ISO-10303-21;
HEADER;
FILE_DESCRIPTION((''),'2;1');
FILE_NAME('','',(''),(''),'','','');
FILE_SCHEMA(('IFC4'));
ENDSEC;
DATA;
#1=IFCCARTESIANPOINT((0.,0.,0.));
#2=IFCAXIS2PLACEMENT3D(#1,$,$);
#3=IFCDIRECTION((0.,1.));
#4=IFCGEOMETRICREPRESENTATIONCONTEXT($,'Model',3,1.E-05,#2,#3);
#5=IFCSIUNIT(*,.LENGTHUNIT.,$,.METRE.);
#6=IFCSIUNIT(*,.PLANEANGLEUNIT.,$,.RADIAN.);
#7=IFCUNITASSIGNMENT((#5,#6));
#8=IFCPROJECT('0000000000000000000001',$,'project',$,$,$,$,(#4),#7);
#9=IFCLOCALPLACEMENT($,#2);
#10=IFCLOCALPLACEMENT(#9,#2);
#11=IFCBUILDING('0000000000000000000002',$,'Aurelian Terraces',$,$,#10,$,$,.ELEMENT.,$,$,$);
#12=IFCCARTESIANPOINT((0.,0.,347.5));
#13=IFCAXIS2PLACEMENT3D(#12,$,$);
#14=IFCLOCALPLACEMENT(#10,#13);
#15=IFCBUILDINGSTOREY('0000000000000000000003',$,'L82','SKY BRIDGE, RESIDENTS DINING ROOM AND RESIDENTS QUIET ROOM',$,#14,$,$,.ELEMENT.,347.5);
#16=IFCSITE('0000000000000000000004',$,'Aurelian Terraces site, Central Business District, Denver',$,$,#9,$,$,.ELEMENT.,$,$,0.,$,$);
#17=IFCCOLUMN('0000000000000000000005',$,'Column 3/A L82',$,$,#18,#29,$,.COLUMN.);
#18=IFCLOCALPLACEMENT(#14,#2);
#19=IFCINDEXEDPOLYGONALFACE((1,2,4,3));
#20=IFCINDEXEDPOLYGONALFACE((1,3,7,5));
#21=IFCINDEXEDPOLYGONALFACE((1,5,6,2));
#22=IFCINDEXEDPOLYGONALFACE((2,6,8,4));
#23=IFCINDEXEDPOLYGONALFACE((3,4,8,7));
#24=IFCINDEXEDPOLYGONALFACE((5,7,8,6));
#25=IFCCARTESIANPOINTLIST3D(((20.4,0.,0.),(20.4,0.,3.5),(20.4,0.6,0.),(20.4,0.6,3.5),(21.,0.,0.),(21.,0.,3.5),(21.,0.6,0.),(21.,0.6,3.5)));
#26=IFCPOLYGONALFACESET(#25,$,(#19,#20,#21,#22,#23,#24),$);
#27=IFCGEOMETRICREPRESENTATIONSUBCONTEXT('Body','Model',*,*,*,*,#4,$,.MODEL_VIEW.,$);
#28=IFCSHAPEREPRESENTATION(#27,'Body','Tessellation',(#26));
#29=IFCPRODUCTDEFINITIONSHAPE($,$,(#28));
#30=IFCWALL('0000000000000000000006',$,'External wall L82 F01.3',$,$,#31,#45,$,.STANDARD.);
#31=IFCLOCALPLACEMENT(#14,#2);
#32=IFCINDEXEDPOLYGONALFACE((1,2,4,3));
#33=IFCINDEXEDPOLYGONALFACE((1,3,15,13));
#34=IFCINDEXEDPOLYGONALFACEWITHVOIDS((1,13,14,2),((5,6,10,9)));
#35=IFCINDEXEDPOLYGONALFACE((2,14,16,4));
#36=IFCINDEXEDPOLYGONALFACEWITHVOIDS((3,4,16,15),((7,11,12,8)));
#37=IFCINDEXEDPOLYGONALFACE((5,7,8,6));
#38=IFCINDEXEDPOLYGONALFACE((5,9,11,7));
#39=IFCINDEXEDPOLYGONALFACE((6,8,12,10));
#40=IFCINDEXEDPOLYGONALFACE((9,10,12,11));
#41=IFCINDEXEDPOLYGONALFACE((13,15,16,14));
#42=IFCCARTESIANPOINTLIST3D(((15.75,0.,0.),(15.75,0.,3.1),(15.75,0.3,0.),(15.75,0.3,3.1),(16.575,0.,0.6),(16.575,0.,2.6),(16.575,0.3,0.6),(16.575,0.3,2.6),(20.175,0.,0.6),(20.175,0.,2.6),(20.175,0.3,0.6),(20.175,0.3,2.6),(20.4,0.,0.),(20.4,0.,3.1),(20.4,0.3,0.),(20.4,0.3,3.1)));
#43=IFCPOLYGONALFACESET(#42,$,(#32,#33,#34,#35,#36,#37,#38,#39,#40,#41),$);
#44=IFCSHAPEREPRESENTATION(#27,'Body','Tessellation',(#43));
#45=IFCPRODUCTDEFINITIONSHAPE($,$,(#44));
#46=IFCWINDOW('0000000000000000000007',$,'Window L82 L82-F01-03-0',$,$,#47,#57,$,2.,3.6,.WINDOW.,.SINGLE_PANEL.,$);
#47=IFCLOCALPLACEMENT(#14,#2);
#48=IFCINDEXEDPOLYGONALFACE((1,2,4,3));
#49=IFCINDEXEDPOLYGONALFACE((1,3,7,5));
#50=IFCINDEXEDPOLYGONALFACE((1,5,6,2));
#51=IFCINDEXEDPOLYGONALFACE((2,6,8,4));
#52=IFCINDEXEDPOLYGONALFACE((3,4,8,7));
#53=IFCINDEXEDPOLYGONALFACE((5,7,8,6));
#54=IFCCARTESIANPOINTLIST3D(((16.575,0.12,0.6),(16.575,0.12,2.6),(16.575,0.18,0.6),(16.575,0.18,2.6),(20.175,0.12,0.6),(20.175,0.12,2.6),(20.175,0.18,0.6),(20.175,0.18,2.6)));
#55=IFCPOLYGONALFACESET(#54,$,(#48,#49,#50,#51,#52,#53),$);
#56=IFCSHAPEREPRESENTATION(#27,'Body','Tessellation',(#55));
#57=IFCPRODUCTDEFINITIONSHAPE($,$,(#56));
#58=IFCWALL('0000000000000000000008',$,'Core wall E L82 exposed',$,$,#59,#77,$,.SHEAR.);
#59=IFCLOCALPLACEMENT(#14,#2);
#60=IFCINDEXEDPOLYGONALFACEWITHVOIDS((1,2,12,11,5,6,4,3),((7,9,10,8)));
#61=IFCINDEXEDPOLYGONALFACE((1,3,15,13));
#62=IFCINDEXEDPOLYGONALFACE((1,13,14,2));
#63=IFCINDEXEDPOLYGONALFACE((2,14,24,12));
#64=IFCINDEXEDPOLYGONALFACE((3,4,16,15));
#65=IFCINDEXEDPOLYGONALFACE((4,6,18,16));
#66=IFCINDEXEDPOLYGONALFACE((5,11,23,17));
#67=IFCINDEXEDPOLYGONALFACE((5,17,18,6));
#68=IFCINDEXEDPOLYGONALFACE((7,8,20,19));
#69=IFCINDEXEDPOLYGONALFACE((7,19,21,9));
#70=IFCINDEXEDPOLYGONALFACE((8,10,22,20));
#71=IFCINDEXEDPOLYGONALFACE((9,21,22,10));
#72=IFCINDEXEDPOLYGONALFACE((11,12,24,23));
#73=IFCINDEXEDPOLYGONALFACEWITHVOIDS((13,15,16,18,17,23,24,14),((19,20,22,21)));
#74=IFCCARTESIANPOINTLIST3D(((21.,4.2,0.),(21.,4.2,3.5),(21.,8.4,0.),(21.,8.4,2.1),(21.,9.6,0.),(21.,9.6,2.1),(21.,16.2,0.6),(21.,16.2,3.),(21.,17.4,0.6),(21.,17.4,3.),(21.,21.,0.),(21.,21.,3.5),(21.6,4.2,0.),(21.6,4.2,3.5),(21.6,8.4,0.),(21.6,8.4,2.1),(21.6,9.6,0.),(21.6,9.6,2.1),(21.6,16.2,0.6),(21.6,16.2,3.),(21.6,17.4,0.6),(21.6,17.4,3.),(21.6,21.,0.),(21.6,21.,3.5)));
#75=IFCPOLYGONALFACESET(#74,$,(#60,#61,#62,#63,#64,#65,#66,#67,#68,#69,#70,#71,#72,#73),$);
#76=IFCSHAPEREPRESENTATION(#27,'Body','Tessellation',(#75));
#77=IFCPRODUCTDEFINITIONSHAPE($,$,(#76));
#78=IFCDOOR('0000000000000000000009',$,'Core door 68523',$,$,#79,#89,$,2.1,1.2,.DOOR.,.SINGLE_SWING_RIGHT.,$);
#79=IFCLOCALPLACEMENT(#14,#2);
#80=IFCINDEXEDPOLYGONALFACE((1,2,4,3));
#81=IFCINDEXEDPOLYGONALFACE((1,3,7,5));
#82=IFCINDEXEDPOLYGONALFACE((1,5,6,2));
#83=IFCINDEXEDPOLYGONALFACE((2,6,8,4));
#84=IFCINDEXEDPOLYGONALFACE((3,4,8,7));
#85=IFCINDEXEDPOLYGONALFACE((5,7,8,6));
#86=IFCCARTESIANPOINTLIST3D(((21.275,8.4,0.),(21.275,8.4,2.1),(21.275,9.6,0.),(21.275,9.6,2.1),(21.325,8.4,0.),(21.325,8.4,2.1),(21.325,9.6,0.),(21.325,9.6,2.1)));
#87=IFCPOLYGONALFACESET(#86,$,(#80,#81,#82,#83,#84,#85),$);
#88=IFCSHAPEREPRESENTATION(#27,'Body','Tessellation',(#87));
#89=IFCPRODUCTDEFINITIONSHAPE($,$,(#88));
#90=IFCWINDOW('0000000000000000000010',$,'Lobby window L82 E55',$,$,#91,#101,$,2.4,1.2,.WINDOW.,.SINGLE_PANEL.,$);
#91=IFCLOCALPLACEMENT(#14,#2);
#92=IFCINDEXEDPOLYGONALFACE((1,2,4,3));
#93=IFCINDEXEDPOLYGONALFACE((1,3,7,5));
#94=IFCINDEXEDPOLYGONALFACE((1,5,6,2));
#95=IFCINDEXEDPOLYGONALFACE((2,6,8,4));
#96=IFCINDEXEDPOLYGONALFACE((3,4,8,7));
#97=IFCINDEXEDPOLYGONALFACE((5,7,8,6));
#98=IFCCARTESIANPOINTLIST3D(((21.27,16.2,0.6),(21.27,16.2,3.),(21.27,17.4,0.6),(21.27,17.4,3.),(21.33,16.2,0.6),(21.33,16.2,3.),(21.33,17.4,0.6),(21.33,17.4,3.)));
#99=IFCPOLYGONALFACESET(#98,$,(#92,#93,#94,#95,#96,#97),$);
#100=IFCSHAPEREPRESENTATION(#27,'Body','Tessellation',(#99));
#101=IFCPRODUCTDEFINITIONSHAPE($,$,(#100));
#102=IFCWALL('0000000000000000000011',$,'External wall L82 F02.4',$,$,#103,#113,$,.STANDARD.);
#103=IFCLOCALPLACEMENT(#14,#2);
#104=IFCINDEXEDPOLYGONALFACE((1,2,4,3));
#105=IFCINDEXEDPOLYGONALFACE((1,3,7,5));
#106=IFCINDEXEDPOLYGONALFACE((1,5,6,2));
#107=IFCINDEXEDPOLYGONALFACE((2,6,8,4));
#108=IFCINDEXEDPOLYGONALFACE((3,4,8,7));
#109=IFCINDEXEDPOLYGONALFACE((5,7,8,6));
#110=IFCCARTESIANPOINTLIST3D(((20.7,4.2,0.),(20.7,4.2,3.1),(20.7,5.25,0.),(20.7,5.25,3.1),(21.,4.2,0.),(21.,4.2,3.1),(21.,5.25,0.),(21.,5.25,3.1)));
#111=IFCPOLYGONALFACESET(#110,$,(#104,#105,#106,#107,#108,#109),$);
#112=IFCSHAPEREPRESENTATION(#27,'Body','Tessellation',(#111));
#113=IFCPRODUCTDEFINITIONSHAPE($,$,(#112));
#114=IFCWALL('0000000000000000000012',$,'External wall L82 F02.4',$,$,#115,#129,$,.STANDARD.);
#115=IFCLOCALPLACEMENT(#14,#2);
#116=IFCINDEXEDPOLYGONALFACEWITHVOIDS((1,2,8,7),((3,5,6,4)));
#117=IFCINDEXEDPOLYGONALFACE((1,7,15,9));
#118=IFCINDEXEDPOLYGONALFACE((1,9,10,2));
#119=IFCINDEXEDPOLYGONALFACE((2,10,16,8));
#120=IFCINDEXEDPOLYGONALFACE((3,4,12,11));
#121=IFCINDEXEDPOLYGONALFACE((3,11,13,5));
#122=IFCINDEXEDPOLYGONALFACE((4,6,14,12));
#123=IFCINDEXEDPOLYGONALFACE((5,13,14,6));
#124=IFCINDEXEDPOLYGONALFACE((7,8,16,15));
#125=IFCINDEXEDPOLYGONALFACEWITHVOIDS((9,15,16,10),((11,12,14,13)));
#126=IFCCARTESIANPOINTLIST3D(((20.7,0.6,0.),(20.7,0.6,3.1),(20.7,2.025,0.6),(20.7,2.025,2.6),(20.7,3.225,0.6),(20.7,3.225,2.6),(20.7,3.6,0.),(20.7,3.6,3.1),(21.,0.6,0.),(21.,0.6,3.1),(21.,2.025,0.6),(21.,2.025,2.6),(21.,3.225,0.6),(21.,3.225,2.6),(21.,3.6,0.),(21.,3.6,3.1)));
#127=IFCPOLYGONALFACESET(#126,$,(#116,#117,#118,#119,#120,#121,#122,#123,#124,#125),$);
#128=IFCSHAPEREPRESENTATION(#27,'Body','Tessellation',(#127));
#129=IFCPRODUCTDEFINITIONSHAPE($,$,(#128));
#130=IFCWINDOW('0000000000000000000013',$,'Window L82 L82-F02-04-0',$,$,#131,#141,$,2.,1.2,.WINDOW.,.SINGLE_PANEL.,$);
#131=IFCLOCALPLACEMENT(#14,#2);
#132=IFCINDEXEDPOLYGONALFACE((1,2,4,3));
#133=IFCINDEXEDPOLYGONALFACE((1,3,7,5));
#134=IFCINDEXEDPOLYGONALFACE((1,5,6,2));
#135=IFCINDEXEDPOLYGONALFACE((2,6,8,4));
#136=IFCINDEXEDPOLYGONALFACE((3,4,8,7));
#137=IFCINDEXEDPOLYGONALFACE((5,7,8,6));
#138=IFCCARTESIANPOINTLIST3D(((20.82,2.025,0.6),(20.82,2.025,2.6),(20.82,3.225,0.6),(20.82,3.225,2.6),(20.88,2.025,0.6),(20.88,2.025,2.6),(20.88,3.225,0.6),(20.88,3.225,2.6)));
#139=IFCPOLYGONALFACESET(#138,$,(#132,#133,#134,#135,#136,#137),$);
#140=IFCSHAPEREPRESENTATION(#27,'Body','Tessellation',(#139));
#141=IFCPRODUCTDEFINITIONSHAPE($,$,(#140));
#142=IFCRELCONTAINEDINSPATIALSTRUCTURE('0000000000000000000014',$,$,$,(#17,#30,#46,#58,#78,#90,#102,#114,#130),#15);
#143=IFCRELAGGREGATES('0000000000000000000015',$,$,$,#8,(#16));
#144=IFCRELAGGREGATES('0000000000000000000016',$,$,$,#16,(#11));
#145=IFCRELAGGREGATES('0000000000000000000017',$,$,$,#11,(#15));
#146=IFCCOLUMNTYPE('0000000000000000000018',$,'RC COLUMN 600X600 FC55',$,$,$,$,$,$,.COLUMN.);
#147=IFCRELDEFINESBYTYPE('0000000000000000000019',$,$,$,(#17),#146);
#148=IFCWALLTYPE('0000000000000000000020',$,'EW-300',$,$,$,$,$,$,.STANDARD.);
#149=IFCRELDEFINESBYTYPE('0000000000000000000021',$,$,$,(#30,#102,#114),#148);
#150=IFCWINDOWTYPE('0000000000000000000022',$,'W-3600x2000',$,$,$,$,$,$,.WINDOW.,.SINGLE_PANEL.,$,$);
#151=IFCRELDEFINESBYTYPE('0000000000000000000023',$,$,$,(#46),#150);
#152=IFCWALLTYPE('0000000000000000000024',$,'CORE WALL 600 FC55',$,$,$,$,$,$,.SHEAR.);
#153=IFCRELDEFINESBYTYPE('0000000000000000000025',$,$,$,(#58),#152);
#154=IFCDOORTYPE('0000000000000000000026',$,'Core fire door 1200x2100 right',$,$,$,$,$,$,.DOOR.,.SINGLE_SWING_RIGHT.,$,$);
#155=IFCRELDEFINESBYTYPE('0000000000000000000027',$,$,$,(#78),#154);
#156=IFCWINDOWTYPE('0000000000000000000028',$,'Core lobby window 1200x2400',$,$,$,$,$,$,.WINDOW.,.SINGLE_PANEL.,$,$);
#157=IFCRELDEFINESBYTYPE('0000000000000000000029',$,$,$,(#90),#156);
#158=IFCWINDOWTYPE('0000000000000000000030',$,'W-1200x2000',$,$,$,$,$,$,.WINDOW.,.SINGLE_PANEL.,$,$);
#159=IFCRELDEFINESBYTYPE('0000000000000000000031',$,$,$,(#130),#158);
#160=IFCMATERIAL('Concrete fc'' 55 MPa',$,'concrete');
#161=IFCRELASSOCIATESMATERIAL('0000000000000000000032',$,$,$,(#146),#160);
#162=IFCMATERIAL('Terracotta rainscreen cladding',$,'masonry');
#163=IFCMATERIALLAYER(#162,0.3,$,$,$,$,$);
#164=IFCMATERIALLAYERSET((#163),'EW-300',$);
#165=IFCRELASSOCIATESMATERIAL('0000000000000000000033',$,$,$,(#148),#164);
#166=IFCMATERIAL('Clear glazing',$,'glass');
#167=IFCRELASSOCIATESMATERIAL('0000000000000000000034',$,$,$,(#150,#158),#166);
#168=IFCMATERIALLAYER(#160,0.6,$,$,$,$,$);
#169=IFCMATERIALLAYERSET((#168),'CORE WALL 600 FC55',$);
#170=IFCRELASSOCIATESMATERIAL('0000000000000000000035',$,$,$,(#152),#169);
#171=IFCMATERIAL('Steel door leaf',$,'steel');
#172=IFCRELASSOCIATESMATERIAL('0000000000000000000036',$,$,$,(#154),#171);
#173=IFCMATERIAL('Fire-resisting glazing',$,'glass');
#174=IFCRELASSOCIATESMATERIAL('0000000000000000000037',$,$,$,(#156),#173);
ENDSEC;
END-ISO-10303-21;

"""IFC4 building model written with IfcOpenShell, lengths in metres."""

from ifc_helpers import new_model, si_unit, direction, frame, frame_2d, origin, origin_2d, place, context, subcontext, project, spatial, rectangle, extrude, source, transform, mapped, material, layer, layer_set, material_profile, profile_set, type_object, element, fill, save


model = new_model("IFC4")

# Units and contexts
model_context = context("Model", 3, precision=1e-05, world=origin(), true_north=direction((0.0, 1.0)))
body_context = subcontext(model_context, "Body", "Model", "MODEL_VIEW")
ifc_project = project(units=[si_unit("LENGTHUNIT", "METRE"), si_unit("PLANEANGLEUNIT", "RADIAN")], contexts=[model_context])

# Site, building, storey
site_placement = place(None, origin())
site = spatial("IfcSite", under=ifc_project, at=site_placement, Name="Aurelian Terraces site, Central Business District, Denver", CompositionType="ELEMENT", RefElevation=0.0)
building_placement = place(site_placement, origin())
building = spatial("IfcBuilding", under=site, at=building_placement, Name="Aurelian Terraces", CompositionType="ELEMENT")
storey_placement = place(building_placement, frame((0.0, 0.0, 347.5)))
storey = spatial("IfcBuildingStorey", under=building, at=storey_placement, Name="L82", Description="SKY BRIDGE, RESIDENTS DINING ROOM AND RESIDENTS QUIET ROOM", CompositionType="ELEMENT", Elevation=347.5)

# Column
ifc_material_1 = material(Name="Concrete fc' 55 MPa", Category="concrete")
ifc_material_profile = material_profile(ifc_material_1, rectangle(XDim=0.6, YDim=0.6, at=origin_2d()))
ifc_profile_set = profile_set([ifc_material_profile], Name="Concrete fc' 55 MPa")
column_type = type_object("IfcColumnType", Name="RC COLUMN 600X600 FC55", PredefinedType="COLUMN", material=ifc_profile_set)
shared_shape_1 = source(origin(), body_context, "Body", "SweptSolid", [
    extrude(rectangle(XDim=0.6, YDim=0.6, at=origin_2d()), origin(), (0.0, 0.0, 1.0), 3.5),
])
column_placement = place(storey_placement, frame((20.7, 0.3, 0.0), z_axis=(0.0, 0.0, 1.0), x_axis=(1.0, 0.0, 0.0)))
element("IfcColumn", 1, at=column_placement, inside=storey, type_object=column_type, Name="Column 3/A L82", PredefinedType="COLUMN", context=body_context, shape_type="MappedRepresentation", body=[
    mapped(shared_shape_1, transform((0.0, 0.0, 0.0), scale=1.0)),
])

# Wall, opening, window
ifc_material_2 = material(Name="Terracotta rainscreen cladding", Category="masonry")
ifc_layer_1 = layer(ifc_material_2, 0.3)
ifc_layer_set_1 = layer_set([ifc_layer_1], Name="EW-300")
wall_type_1 = type_object("IfcWallType", Name="EW-300", PredefinedType="STANDARD", material=ifc_layer_set_1)
wall_1_placement = place(storey_placement, frame((15.75, 0.15, 0.0), z_axis=(0.0, 0.0, 1.0), x_axis=(1.0, 0.0, 0.0)))
wall_1 = element("IfcWall", 2, at=wall_1_placement, inside=storey, type_object=wall_type_1, Name="External wall L82 F01.3", PredefinedType="STANDARD", context=body_context, shape_type="SweptSolid", body=[
    extrude(rectangle(XDim=4.65, YDim=0.3, at=frame_2d((2.325, 0.0))), origin(), (0.0, 0.0, 1.0), 3.1),
])
shared_shape_2 = source(origin(), body_context, "Body", "SweptSolid", [
    extrude(rectangle(XDim=3.6, YDim=2.0, at=frame_2d((1.8, 1.0))), frame((0.0, 0.16, 0.0), z_axis=(0.0, -1.0, 0.0), x_axis=(1.0, 0.0, 0.0)), (0.0, 0.0, 1.0), 0.32),
])
opening_1_placement = place(wall_1_placement, frame((0.825, 0.0, 0.6)))
opening_1 = element("IfcOpeningElement", 3, at=opening_1_placement, cuts=wall_1, PredefinedType="OPENING", context=body_context, shape_type="MappedRepresentation", body=[
    mapped(shared_shape_2, transform((0.0, 0.0, 0.0), scale=1.0)),
])
ifc_material_3 = material(Name="Clear glazing", Category="glass")
window_type_1 = type_object("IfcWindowType", Name="W-3600x2000", PartitioningType="SINGLE_PANEL", PredefinedType="WINDOW", material=ifc_material_3)
shared_shape_3 = source(origin(), body_context, "Body", "SweptSolid", [
    extrude(rectangle(XDim=3.6, YDim=2.0, at=frame_2d((1.8, 1.0))), frame((0.0, 0.03, 0.0), z_axis=(0.0, -1.0, 0.0), x_axis=(1.0, 0.0, 0.0)), (0.0, 0.0, 1.0), 0.06),
])
window_1_placement = place(opening_1_placement, origin())
window_1 = element("IfcWindow", 4, at=window_1_placement, inside=storey, type_object=window_type_1, Name="Window L82 L82-F01-03-0", OverallHeight=2.0, OverallWidth=3.6, PartitioningType="SINGLE_PANEL", PredefinedType="WINDOW", context=body_context, shape_type="MappedRepresentation", body=[
    mapped(shared_shape_3, transform((0.0, 0.0, 0.0), scale=1.0)),
])
fill(opening_1, window_1)

# Wall, openings, door, window
ifc_layer_2 = layer(ifc_material_1, 0.6)
ifc_layer_set_2 = layer_set([ifc_layer_2], Name="CORE WALL 600 FC55")
wall_type_2 = type_object("IfcWallType", Name="CORE WALL 600 FC55", PredefinedType="SHEAR", material=ifc_layer_set_2)
shared_shape_4 = source(origin(), body_context, "Body", "SweptSolid", [
    extrude(rectangle(XDim=16.8, YDim=0.6, at=frame_2d((8.4, 0.0))), origin(), (0.0, 0.0, 1.0), 3.5),
])
wall_2_placement = place(storey_placement, frame((21.3, 4.2, 0.0), z_axis=(0.0, 0.0, 1.0), x_axis=(0.0, 1.0, 0.0)))
wall_2 = element("IfcWall", 5, at=wall_2_placement, inside=storey, type_object=wall_type_2, Name="Core wall E L82 exposed", PredefinedType="SHEAR", context=body_context, shape_type="MappedRepresentation", body=[
    mapped(shared_shape_4, transform((0.0, 0.0, 0.0), scale=1.0)),
])
shared_shape_5 = source(origin(), body_context, "Body", "SweptSolid", [
    extrude(rectangle(XDim=1.2, YDim=2.1, at=frame_2d((0.6, 1.05))), frame((0.0, 0.31, 0.0), z_axis=(0.0, -1.0, 0.0), x_axis=(1.0, 0.0, 0.0)), (0.0, 0.0, 1.0), 0.62),
])
opening_2_placement = place(wall_2_placement, frame((4.2, 0.0, 0.0)))
opening_2 = element("IfcOpeningElement", 6, at=opening_2_placement, cuts=wall_2, PredefinedType="OPENING", context=body_context, shape_type="MappedRepresentation", body=[
    mapped(shared_shape_5, transform((0.0, 0.0, 0.0), scale=1.0)),
])
shared_shape_6 = source(origin(), body_context, "Body", "SweptSolid", [
    extrude(rectangle(XDim=1.2, YDim=2.4, at=frame_2d((0.6, 1.2))), frame((0.0, 0.31, 0.0), z_axis=(0.0, -1.0, 0.0), x_axis=(1.0, 0.0, 0.0)), (0.0, 0.0, 1.0), 0.62),
])
opening_3_placement = place(wall_2_placement, frame((12.0, 0.0, 0.6)))
opening_3 = element("IfcOpeningElement", 7, at=opening_3_placement, cuts=wall_2, PredefinedType="OPENING", context=body_context, shape_type="MappedRepresentation", body=[
    mapped(shared_shape_6, transform((0.0, 0.0, 0.0), scale=1.0)),
])
ifc_material_4 = material(Name="Steel door leaf", Category="steel")
door_type_1 = type_object("IfcDoorType", Name="Core fire door 1200x2100 right", OperationType="SINGLE_SWING_RIGHT", PredefinedType="DOOR", material=ifc_material_4)
shared_shape_7 = source(origin(), body_context, "Body", "SweptSolid", [
    extrude(rectangle(XDim=1.2, YDim=2.1, at=frame_2d((0.6, 1.05))), frame((0.0, 0.025, 0.0), z_axis=(0.0, -1.0, 0.0), x_axis=(1.0, 0.0, 0.0)), (0.0, 0.0, 1.0), 0.05),
])
door_1_placement = place(opening_2_placement, origin())
door_1 = element("IfcDoor", 8, at=door_1_placement, inside=storey, type_object=door_type_1, Name="Core door 68523", OperationType="SINGLE_SWING_RIGHT", OverallHeight=2.1, OverallWidth=1.2, PredefinedType="DOOR", context=body_context, shape_type="MappedRepresentation", body=[
    mapped(shared_shape_7, transform((0.0, 0.0, 0.0), scale=1.0)),
])
fill(opening_2, door_1)
ifc_material_5 = material(Name="Fire-resisting glazing", Category="glass")
window_type_2 = type_object("IfcWindowType", Name="Core lobby window 1200x2400", PartitioningType="SINGLE_PANEL", PredefinedType="WINDOW", material=ifc_material_5)
shared_shape_8 = source(origin(), body_context, "Body", "SweptSolid", [
    extrude(rectangle(XDim=1.2, YDim=2.4, at=frame_2d((0.6, 1.2))), frame((0.0, 0.03, 0.0), z_axis=(0.0, -1.0, 0.0), x_axis=(1.0, 0.0, 0.0)), (0.0, 0.0, 1.0), 0.06),
])
window_2_placement = place(opening_3_placement, origin())
window_2 = element("IfcWindow", 9, at=window_2_placement, inside=storey, type_object=window_type_2, Name="Lobby window L82 E55", OverallHeight=2.4, OverallWidth=1.2, PartitioningType="SINGLE_PANEL", PredefinedType="WINDOW", context=body_context, shape_type="MappedRepresentation", body=[
    mapped(shared_shape_8, transform((0.0, 0.0, 0.0), scale=1.0)),
])
fill(opening_3, window_2)

# Wall
shared_shape_9 = source(origin(), body_context, "Body", "SweptSolid", [
    extrude(rectangle(XDim=1.05, YDim=0.3, at=frame_2d((0.525, 0.0))), origin(), (0.0, 0.0, 1.0), 3.1),
])
wall_3_placement = place(storey_placement, frame((20.85, 4.2, 0.0), z_axis=(0.0, 0.0, 1.0), x_axis=(0.0, 1.0, 0.0)))
element("IfcWall", 10, at=wall_3_placement, inside=storey, type_object=wall_type_1, Name="External wall L82 F02.4", PredefinedType="STANDARD", context=body_context, shape_type="MappedRepresentation", body=[
    mapped(shared_shape_9, transform((0.0, 0.0, 0.0), scale=1.0)),
])

# Wall, opening, window
shared_shape_10 = source(origin(), body_context, "Body", "SweptSolid", [
    extrude(rectangle(XDim=3.0, YDim=0.3, at=frame_2d((1.5, 0.0))), origin(), (0.0, 0.0, 1.0), 3.1),
])
wall_4_placement = place(storey_placement, frame((20.85, 0.6, 0.0), z_axis=(0.0, 0.0, 1.0), x_axis=(0.0, 1.0, 0.0)))
wall_4 = element("IfcWall", 11, at=wall_4_placement, inside=storey, type_object=wall_type_1, Name="External wall L82 F02.4", PredefinedType="STANDARD", context=body_context, shape_type="MappedRepresentation", body=[
    mapped(shared_shape_10, transform((0.0, 0.0, 0.0), scale=1.0)),
])
shared_shape_11 = source(origin(), body_context, "Body", "SweptSolid", [
    extrude(rectangle(XDim=1.2, YDim=2.0, at=frame_2d((0.6, 1.0))), frame((0.0, 0.16, 0.0), z_axis=(0.0, -1.0, 0.0), x_axis=(1.0, 0.0, 0.0)), (0.0, 0.0, 1.0), 0.32),
])
opening_4_placement = place(wall_4_placement, frame((1.425, 0.0, 0.6)))
opening_4 = element("IfcOpeningElement", 12, at=opening_4_placement, cuts=wall_4, PredefinedType="OPENING", context=body_context, shape_type="MappedRepresentation", body=[
    mapped(shared_shape_11, transform((0.0, 0.0, 0.0), scale=1.0)),
])
window_type_3 = type_object("IfcWindowType", Name="W-1200x2000", PartitioningType="SINGLE_PANEL", PredefinedType="WINDOW", material=ifc_material_3)
shared_shape_12 = source(origin(), body_context, "Body", "SweptSolid", [
    extrude(rectangle(XDim=1.2, YDim=2.0, at=frame_2d((0.6, 1.0))), frame((0.0, 0.03, 0.0), z_axis=(0.0, -1.0, 0.0), x_axis=(1.0, 0.0, 0.0)), (0.0, 0.0, 1.0), 0.06),
])
window_3_placement = place(opening_4_placement, origin())
window_3 = element("IfcWindow", 13, at=window_3_placement, inside=storey, type_object=window_type_3, Name="Window L82 L82-F02-04-0", OverallHeight=2.0, OverallWidth=1.2, PartitioningType="SINGLE_PANEL", PredefinedType="WINDOW", context=body_context, shape_type="MappedRepresentation", body=[
    mapped(shared_shape_12, transform((0.0, 0.0, 0.0), scale=1.0)),
])
fill(opening_4, window_3)

save(model, "model.ifc")
